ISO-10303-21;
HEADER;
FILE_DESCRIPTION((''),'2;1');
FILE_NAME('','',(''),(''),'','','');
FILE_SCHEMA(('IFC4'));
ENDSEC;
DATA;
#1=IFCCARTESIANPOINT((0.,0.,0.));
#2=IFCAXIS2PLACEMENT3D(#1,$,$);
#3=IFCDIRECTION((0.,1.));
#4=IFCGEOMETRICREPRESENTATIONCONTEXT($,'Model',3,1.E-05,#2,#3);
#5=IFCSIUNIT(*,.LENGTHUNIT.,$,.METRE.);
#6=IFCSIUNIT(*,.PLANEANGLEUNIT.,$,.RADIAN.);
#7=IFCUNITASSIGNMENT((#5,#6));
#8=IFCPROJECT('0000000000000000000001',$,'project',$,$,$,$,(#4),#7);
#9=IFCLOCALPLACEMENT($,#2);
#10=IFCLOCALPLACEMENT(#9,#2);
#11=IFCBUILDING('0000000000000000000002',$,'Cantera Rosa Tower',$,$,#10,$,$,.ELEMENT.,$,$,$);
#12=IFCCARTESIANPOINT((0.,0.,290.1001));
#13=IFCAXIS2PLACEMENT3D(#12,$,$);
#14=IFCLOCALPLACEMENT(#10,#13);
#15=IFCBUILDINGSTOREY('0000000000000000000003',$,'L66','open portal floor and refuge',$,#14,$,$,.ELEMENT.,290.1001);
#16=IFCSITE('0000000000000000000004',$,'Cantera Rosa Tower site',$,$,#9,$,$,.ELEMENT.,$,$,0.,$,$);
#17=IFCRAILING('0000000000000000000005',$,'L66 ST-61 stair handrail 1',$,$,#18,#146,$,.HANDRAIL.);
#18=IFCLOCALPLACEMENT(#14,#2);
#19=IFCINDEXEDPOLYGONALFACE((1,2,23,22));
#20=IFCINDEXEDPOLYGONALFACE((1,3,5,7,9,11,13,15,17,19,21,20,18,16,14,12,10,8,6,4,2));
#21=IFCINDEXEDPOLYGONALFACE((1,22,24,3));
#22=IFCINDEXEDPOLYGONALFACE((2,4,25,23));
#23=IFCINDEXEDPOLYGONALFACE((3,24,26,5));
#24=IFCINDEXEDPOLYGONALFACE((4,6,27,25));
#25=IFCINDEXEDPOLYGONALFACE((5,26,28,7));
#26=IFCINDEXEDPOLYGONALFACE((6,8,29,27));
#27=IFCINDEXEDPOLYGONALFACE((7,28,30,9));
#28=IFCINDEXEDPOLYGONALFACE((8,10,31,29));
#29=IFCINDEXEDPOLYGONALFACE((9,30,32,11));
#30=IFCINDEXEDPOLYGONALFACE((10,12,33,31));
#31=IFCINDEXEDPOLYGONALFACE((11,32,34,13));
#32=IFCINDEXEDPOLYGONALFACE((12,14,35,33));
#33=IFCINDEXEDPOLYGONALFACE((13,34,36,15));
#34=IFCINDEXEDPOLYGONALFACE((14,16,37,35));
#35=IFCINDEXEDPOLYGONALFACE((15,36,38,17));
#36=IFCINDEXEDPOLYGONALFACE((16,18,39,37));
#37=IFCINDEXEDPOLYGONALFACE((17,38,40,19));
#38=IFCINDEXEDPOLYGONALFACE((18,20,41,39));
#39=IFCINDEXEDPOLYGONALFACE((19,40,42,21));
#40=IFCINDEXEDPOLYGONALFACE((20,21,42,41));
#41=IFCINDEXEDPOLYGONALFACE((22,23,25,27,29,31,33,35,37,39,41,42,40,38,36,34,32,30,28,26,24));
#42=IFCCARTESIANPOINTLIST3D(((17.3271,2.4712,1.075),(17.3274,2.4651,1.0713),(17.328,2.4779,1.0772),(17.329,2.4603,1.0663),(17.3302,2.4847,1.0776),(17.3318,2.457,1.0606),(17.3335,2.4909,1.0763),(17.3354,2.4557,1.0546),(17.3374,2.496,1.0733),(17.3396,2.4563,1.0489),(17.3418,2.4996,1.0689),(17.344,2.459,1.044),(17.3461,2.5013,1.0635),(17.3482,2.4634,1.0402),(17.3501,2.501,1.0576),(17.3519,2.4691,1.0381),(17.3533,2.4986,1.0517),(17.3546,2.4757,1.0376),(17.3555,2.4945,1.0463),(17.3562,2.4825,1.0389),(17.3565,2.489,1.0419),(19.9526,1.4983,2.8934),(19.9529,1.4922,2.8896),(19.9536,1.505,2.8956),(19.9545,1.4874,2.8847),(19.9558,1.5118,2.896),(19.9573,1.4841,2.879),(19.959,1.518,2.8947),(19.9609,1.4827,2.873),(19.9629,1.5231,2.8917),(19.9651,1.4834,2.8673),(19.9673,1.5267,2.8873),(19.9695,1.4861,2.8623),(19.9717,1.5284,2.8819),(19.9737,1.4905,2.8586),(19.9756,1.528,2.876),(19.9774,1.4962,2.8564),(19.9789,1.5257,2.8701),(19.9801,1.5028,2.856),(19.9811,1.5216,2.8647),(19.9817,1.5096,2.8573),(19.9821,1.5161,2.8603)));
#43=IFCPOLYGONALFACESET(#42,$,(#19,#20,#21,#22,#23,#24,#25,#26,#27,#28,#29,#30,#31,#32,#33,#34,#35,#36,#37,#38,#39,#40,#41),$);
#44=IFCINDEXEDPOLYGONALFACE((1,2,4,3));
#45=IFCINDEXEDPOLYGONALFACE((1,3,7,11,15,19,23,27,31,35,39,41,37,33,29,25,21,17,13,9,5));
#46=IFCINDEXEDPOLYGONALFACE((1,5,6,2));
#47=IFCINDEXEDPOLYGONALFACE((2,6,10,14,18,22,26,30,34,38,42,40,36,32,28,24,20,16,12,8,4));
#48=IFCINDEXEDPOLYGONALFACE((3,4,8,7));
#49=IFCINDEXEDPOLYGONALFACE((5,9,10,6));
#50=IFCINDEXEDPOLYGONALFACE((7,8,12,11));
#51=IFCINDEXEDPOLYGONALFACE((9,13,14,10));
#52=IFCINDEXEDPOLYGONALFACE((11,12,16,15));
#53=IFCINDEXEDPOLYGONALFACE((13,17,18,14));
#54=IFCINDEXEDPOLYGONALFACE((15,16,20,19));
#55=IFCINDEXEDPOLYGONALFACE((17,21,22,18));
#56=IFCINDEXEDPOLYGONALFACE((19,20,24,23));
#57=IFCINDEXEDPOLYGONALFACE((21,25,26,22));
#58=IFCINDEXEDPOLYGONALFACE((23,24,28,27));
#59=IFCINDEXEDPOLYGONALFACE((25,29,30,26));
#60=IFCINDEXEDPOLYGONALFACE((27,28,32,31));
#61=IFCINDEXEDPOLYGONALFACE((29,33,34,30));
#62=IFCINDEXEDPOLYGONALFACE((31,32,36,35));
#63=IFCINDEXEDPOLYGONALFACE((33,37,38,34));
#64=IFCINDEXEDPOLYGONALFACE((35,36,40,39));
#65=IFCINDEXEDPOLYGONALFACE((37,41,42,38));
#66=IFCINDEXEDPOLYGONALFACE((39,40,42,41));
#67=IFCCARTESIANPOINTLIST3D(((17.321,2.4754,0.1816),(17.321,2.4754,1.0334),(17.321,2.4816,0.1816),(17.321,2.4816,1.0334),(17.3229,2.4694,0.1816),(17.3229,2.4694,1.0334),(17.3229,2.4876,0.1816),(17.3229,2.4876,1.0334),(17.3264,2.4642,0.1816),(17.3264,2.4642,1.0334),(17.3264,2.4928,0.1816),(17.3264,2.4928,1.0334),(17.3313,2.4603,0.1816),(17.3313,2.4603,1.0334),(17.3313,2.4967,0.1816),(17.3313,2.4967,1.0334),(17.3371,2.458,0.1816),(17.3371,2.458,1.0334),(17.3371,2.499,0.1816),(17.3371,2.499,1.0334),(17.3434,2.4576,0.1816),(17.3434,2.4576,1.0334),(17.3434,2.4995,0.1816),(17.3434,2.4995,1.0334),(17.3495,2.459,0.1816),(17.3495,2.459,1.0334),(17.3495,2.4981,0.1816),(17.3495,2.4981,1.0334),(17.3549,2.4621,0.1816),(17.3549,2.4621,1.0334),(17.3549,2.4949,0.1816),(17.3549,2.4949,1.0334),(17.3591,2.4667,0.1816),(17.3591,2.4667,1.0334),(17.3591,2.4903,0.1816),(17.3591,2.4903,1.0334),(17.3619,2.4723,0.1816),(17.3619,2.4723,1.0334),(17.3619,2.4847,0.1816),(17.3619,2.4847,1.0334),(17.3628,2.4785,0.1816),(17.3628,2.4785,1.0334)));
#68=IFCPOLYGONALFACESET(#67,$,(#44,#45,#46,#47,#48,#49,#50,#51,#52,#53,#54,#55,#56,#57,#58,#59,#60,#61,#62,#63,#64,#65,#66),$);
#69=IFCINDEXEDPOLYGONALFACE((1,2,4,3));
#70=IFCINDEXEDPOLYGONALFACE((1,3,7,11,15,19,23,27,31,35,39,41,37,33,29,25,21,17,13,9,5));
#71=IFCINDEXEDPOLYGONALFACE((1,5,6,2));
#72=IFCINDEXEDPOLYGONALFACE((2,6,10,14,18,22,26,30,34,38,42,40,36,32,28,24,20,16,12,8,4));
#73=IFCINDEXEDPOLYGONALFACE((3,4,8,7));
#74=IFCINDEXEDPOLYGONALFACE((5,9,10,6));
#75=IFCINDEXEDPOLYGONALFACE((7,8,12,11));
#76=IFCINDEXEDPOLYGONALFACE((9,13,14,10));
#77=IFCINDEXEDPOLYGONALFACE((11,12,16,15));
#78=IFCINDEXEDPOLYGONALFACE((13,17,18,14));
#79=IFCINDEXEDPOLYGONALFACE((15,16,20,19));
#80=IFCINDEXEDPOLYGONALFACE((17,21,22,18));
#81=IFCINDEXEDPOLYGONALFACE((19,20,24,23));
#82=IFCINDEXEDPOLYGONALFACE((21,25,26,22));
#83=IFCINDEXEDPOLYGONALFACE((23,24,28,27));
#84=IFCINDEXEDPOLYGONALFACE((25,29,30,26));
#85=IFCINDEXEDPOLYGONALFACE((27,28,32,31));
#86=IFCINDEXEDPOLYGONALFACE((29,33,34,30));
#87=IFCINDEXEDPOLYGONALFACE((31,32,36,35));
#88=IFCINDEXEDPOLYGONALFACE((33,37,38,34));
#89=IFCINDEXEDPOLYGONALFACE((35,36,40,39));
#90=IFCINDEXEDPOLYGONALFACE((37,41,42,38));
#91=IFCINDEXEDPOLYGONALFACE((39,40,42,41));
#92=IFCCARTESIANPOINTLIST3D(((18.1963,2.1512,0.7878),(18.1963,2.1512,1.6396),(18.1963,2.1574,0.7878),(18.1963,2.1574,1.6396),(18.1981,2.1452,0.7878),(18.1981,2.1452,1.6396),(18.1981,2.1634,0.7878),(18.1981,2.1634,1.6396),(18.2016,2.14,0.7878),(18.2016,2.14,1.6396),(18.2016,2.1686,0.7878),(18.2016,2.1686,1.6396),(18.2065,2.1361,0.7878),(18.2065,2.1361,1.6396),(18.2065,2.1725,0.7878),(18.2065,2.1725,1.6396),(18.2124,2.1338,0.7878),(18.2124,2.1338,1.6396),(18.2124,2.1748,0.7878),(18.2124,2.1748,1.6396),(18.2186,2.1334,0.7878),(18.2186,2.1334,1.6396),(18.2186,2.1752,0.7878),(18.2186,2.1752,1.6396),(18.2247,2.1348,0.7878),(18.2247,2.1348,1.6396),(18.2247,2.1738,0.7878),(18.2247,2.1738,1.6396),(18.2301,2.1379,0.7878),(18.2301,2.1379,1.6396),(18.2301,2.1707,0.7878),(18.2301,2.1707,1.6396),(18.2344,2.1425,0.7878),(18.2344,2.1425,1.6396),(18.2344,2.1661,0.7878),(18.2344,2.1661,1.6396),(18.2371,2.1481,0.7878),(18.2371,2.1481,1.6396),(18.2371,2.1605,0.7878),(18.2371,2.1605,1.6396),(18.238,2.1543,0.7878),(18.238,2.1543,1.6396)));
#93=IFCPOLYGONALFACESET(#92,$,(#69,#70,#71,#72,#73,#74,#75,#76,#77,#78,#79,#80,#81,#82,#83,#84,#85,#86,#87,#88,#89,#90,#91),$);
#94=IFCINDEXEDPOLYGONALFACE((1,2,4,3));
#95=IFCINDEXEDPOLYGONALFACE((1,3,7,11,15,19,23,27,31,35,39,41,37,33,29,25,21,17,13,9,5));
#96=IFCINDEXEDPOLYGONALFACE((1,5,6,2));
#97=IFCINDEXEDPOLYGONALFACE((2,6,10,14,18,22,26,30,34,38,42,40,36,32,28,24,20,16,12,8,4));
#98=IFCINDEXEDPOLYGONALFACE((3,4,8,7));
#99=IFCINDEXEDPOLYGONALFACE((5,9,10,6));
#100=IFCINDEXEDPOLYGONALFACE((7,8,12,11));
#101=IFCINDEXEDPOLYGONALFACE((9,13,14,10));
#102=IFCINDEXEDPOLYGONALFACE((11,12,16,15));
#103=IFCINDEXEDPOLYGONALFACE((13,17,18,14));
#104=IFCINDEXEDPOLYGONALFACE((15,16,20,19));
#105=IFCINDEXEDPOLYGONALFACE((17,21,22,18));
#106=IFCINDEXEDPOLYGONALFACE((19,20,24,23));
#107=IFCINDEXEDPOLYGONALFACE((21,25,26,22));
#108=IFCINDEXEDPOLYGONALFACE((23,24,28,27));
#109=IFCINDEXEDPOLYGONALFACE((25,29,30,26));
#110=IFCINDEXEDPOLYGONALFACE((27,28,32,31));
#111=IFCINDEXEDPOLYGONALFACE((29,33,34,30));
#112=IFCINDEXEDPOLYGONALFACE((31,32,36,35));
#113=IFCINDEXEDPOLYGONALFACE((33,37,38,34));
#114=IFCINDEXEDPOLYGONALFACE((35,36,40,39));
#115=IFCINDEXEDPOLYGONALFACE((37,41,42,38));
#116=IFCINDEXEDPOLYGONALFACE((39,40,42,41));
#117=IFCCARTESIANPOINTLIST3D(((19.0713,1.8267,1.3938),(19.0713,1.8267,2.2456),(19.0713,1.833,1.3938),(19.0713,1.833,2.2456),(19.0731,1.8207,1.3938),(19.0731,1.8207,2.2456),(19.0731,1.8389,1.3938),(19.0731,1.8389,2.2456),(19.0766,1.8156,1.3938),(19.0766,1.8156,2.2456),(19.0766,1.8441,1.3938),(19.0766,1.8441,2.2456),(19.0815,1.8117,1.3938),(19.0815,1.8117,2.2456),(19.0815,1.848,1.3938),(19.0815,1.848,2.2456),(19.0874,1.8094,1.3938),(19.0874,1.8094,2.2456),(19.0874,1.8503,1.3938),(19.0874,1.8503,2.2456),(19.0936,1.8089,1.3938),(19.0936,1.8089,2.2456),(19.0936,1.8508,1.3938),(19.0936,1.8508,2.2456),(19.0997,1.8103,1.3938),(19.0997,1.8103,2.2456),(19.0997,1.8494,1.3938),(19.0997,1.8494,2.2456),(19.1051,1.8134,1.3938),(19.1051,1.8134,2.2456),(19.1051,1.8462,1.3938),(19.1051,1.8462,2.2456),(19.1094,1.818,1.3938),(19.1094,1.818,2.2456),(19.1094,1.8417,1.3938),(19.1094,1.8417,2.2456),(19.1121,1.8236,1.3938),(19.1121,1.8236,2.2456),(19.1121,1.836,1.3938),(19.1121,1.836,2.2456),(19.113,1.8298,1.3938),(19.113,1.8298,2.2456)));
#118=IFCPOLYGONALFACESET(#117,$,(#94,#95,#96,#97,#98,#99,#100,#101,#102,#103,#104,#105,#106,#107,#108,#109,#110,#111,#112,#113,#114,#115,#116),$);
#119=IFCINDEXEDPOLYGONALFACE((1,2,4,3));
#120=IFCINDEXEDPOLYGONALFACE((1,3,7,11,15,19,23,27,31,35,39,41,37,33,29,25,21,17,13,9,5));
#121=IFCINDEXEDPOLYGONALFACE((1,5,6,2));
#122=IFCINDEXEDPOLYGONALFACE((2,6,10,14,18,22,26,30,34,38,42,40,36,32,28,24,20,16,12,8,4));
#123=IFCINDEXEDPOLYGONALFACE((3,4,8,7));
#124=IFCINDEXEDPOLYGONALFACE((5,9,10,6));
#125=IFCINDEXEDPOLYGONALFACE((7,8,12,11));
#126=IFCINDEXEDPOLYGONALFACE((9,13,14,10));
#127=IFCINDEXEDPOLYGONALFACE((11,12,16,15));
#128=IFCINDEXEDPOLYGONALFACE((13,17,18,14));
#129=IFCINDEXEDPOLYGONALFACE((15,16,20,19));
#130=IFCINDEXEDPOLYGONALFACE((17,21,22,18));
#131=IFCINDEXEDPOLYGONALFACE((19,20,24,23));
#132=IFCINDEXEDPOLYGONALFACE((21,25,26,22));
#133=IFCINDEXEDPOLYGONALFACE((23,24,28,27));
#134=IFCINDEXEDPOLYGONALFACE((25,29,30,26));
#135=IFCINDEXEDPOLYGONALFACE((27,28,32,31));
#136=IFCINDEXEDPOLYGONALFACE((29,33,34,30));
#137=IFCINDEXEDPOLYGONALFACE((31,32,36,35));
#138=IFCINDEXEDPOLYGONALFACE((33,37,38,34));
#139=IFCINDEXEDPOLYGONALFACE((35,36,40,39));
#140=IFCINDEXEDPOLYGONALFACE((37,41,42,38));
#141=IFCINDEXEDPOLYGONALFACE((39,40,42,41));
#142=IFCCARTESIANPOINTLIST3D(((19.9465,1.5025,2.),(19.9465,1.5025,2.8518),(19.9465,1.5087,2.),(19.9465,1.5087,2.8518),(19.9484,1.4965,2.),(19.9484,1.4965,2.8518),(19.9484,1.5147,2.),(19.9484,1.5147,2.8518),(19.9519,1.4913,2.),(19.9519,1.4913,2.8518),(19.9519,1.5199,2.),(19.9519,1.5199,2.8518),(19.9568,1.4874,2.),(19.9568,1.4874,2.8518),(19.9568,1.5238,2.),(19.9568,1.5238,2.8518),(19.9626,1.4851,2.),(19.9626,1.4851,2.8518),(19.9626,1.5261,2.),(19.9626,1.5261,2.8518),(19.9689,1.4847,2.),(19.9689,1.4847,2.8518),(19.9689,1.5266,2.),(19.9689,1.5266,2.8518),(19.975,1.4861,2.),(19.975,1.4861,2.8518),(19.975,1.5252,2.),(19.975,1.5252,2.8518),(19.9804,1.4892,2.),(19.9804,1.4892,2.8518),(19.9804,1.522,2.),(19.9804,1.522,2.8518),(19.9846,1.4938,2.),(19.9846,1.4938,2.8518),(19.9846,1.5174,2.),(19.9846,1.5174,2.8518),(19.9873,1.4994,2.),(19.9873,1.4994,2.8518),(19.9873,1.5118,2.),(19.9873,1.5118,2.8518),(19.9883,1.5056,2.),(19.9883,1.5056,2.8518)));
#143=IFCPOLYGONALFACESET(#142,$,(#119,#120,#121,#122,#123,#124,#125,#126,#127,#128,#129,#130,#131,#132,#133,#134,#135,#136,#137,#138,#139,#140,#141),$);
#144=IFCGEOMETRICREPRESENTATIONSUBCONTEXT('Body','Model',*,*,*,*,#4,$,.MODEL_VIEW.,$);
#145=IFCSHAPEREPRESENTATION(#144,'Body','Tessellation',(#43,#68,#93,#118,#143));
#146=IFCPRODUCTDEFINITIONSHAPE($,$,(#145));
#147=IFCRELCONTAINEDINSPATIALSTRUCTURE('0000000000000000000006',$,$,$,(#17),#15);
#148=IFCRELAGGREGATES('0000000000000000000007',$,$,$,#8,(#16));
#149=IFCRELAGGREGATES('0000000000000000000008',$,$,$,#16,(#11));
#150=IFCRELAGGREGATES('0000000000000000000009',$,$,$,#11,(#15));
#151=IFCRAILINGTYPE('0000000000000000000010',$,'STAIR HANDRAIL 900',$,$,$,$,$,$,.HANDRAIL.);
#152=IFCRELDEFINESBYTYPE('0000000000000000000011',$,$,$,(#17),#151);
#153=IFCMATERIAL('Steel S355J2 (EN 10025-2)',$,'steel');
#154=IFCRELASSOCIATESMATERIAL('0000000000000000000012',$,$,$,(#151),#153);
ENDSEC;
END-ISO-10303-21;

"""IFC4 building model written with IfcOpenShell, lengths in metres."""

from ifc_helpers import new_model, si_unit, direction, frame, origin, origin_2d, place, context, subcontext, project, spatial, circle, extrude, material, type_object, element, save


model = new_model("IFC4")

# Units and contexts
model_context = context("Model", 3, precision=1e-05, world=origin(), true_north=direction((0.0, 1.0)))
body_context = subcontext(model_context, "Body", "Model", "MODEL_VIEW")
ifc_project = project(units=[si_unit("LENGTHUNIT", "METRE"), si_unit("PLANEANGLEUNIT", "RADIAN")], contexts=[model_context])

# Site, building, storey
site_placement = place(None, origin())
site = spatial("IfcSite", under=ifc_project, at=site_placement, Name="Cantera Rosa Tower site", CompositionType="ELEMENT", RefElevation=0.0)
building_placement = place(site_placement, origin())
building = spatial("IfcBuilding", under=site, at=building_placement, Name="Cantera Rosa Tower", CompositionType="ELEMENT")
storey_placement = place(building_placement, frame((0.0, 0.0, 290.1001)))
storey = spatial("IfcBuildingStorey", under=building, at=storey_placement, Name="L66", Description="open portal floor and refuge", CompositionType="ELEMENT", Elevation=290.1001)

# Railing
ifc_material_1 = material(Name="Steel S355J2 (EN 10025-2)", Category="steel")
railing_type_1 = type_object("IfcRailingType", Name="STAIR HANDRAIL 900", PredefinedType="HANDRAIL", material=ifc_material_1)
railing_1_placement = place(storey_placement, frame((17.3418, 2.4785, 0.1816)))
element("IfcRailing", 1, at=railing_1_placement, inside=storey, type_object=railing_type_1, Name="L66 ST-61 stair handrail 1", PredefinedType="HANDRAIL", context=body_context, shape_type="SweptSolid", body=[
    extrude(circle(Radius=0.0239, at=origin_2d()), frame((0.0, 0.0, 0.876), z_axis=(0.786407, -0.291411, 0.54465), x_axis=(0.347471, 0.937691, 0.0)), (0.0, 0.0, 1.0), 3.3386),
    extrude(circle(Radius=0.021, at=origin_2d()), origin(), (0.0, 0.0, 1.0), 0.8518),
    extrude(circle(Radius=0.021, at=origin_2d()), frame((0.8752, -0.3242, 0.6062)), (0.0, 0.0, 1.0), 0.8518),
    extrude(circle(Radius=0.021, at=origin_2d()), frame((1.7502, -0.6487, 1.2122)), (0.0, 0.0, 1.0), 0.8518),
    extrude(circle(Radius=0.021, at=origin_2d()), frame((2.6255, -0.9729, 1.8184)), (0.0, 0.0, 1.0), 0.8518),
])

save(model, "model.ifc")
